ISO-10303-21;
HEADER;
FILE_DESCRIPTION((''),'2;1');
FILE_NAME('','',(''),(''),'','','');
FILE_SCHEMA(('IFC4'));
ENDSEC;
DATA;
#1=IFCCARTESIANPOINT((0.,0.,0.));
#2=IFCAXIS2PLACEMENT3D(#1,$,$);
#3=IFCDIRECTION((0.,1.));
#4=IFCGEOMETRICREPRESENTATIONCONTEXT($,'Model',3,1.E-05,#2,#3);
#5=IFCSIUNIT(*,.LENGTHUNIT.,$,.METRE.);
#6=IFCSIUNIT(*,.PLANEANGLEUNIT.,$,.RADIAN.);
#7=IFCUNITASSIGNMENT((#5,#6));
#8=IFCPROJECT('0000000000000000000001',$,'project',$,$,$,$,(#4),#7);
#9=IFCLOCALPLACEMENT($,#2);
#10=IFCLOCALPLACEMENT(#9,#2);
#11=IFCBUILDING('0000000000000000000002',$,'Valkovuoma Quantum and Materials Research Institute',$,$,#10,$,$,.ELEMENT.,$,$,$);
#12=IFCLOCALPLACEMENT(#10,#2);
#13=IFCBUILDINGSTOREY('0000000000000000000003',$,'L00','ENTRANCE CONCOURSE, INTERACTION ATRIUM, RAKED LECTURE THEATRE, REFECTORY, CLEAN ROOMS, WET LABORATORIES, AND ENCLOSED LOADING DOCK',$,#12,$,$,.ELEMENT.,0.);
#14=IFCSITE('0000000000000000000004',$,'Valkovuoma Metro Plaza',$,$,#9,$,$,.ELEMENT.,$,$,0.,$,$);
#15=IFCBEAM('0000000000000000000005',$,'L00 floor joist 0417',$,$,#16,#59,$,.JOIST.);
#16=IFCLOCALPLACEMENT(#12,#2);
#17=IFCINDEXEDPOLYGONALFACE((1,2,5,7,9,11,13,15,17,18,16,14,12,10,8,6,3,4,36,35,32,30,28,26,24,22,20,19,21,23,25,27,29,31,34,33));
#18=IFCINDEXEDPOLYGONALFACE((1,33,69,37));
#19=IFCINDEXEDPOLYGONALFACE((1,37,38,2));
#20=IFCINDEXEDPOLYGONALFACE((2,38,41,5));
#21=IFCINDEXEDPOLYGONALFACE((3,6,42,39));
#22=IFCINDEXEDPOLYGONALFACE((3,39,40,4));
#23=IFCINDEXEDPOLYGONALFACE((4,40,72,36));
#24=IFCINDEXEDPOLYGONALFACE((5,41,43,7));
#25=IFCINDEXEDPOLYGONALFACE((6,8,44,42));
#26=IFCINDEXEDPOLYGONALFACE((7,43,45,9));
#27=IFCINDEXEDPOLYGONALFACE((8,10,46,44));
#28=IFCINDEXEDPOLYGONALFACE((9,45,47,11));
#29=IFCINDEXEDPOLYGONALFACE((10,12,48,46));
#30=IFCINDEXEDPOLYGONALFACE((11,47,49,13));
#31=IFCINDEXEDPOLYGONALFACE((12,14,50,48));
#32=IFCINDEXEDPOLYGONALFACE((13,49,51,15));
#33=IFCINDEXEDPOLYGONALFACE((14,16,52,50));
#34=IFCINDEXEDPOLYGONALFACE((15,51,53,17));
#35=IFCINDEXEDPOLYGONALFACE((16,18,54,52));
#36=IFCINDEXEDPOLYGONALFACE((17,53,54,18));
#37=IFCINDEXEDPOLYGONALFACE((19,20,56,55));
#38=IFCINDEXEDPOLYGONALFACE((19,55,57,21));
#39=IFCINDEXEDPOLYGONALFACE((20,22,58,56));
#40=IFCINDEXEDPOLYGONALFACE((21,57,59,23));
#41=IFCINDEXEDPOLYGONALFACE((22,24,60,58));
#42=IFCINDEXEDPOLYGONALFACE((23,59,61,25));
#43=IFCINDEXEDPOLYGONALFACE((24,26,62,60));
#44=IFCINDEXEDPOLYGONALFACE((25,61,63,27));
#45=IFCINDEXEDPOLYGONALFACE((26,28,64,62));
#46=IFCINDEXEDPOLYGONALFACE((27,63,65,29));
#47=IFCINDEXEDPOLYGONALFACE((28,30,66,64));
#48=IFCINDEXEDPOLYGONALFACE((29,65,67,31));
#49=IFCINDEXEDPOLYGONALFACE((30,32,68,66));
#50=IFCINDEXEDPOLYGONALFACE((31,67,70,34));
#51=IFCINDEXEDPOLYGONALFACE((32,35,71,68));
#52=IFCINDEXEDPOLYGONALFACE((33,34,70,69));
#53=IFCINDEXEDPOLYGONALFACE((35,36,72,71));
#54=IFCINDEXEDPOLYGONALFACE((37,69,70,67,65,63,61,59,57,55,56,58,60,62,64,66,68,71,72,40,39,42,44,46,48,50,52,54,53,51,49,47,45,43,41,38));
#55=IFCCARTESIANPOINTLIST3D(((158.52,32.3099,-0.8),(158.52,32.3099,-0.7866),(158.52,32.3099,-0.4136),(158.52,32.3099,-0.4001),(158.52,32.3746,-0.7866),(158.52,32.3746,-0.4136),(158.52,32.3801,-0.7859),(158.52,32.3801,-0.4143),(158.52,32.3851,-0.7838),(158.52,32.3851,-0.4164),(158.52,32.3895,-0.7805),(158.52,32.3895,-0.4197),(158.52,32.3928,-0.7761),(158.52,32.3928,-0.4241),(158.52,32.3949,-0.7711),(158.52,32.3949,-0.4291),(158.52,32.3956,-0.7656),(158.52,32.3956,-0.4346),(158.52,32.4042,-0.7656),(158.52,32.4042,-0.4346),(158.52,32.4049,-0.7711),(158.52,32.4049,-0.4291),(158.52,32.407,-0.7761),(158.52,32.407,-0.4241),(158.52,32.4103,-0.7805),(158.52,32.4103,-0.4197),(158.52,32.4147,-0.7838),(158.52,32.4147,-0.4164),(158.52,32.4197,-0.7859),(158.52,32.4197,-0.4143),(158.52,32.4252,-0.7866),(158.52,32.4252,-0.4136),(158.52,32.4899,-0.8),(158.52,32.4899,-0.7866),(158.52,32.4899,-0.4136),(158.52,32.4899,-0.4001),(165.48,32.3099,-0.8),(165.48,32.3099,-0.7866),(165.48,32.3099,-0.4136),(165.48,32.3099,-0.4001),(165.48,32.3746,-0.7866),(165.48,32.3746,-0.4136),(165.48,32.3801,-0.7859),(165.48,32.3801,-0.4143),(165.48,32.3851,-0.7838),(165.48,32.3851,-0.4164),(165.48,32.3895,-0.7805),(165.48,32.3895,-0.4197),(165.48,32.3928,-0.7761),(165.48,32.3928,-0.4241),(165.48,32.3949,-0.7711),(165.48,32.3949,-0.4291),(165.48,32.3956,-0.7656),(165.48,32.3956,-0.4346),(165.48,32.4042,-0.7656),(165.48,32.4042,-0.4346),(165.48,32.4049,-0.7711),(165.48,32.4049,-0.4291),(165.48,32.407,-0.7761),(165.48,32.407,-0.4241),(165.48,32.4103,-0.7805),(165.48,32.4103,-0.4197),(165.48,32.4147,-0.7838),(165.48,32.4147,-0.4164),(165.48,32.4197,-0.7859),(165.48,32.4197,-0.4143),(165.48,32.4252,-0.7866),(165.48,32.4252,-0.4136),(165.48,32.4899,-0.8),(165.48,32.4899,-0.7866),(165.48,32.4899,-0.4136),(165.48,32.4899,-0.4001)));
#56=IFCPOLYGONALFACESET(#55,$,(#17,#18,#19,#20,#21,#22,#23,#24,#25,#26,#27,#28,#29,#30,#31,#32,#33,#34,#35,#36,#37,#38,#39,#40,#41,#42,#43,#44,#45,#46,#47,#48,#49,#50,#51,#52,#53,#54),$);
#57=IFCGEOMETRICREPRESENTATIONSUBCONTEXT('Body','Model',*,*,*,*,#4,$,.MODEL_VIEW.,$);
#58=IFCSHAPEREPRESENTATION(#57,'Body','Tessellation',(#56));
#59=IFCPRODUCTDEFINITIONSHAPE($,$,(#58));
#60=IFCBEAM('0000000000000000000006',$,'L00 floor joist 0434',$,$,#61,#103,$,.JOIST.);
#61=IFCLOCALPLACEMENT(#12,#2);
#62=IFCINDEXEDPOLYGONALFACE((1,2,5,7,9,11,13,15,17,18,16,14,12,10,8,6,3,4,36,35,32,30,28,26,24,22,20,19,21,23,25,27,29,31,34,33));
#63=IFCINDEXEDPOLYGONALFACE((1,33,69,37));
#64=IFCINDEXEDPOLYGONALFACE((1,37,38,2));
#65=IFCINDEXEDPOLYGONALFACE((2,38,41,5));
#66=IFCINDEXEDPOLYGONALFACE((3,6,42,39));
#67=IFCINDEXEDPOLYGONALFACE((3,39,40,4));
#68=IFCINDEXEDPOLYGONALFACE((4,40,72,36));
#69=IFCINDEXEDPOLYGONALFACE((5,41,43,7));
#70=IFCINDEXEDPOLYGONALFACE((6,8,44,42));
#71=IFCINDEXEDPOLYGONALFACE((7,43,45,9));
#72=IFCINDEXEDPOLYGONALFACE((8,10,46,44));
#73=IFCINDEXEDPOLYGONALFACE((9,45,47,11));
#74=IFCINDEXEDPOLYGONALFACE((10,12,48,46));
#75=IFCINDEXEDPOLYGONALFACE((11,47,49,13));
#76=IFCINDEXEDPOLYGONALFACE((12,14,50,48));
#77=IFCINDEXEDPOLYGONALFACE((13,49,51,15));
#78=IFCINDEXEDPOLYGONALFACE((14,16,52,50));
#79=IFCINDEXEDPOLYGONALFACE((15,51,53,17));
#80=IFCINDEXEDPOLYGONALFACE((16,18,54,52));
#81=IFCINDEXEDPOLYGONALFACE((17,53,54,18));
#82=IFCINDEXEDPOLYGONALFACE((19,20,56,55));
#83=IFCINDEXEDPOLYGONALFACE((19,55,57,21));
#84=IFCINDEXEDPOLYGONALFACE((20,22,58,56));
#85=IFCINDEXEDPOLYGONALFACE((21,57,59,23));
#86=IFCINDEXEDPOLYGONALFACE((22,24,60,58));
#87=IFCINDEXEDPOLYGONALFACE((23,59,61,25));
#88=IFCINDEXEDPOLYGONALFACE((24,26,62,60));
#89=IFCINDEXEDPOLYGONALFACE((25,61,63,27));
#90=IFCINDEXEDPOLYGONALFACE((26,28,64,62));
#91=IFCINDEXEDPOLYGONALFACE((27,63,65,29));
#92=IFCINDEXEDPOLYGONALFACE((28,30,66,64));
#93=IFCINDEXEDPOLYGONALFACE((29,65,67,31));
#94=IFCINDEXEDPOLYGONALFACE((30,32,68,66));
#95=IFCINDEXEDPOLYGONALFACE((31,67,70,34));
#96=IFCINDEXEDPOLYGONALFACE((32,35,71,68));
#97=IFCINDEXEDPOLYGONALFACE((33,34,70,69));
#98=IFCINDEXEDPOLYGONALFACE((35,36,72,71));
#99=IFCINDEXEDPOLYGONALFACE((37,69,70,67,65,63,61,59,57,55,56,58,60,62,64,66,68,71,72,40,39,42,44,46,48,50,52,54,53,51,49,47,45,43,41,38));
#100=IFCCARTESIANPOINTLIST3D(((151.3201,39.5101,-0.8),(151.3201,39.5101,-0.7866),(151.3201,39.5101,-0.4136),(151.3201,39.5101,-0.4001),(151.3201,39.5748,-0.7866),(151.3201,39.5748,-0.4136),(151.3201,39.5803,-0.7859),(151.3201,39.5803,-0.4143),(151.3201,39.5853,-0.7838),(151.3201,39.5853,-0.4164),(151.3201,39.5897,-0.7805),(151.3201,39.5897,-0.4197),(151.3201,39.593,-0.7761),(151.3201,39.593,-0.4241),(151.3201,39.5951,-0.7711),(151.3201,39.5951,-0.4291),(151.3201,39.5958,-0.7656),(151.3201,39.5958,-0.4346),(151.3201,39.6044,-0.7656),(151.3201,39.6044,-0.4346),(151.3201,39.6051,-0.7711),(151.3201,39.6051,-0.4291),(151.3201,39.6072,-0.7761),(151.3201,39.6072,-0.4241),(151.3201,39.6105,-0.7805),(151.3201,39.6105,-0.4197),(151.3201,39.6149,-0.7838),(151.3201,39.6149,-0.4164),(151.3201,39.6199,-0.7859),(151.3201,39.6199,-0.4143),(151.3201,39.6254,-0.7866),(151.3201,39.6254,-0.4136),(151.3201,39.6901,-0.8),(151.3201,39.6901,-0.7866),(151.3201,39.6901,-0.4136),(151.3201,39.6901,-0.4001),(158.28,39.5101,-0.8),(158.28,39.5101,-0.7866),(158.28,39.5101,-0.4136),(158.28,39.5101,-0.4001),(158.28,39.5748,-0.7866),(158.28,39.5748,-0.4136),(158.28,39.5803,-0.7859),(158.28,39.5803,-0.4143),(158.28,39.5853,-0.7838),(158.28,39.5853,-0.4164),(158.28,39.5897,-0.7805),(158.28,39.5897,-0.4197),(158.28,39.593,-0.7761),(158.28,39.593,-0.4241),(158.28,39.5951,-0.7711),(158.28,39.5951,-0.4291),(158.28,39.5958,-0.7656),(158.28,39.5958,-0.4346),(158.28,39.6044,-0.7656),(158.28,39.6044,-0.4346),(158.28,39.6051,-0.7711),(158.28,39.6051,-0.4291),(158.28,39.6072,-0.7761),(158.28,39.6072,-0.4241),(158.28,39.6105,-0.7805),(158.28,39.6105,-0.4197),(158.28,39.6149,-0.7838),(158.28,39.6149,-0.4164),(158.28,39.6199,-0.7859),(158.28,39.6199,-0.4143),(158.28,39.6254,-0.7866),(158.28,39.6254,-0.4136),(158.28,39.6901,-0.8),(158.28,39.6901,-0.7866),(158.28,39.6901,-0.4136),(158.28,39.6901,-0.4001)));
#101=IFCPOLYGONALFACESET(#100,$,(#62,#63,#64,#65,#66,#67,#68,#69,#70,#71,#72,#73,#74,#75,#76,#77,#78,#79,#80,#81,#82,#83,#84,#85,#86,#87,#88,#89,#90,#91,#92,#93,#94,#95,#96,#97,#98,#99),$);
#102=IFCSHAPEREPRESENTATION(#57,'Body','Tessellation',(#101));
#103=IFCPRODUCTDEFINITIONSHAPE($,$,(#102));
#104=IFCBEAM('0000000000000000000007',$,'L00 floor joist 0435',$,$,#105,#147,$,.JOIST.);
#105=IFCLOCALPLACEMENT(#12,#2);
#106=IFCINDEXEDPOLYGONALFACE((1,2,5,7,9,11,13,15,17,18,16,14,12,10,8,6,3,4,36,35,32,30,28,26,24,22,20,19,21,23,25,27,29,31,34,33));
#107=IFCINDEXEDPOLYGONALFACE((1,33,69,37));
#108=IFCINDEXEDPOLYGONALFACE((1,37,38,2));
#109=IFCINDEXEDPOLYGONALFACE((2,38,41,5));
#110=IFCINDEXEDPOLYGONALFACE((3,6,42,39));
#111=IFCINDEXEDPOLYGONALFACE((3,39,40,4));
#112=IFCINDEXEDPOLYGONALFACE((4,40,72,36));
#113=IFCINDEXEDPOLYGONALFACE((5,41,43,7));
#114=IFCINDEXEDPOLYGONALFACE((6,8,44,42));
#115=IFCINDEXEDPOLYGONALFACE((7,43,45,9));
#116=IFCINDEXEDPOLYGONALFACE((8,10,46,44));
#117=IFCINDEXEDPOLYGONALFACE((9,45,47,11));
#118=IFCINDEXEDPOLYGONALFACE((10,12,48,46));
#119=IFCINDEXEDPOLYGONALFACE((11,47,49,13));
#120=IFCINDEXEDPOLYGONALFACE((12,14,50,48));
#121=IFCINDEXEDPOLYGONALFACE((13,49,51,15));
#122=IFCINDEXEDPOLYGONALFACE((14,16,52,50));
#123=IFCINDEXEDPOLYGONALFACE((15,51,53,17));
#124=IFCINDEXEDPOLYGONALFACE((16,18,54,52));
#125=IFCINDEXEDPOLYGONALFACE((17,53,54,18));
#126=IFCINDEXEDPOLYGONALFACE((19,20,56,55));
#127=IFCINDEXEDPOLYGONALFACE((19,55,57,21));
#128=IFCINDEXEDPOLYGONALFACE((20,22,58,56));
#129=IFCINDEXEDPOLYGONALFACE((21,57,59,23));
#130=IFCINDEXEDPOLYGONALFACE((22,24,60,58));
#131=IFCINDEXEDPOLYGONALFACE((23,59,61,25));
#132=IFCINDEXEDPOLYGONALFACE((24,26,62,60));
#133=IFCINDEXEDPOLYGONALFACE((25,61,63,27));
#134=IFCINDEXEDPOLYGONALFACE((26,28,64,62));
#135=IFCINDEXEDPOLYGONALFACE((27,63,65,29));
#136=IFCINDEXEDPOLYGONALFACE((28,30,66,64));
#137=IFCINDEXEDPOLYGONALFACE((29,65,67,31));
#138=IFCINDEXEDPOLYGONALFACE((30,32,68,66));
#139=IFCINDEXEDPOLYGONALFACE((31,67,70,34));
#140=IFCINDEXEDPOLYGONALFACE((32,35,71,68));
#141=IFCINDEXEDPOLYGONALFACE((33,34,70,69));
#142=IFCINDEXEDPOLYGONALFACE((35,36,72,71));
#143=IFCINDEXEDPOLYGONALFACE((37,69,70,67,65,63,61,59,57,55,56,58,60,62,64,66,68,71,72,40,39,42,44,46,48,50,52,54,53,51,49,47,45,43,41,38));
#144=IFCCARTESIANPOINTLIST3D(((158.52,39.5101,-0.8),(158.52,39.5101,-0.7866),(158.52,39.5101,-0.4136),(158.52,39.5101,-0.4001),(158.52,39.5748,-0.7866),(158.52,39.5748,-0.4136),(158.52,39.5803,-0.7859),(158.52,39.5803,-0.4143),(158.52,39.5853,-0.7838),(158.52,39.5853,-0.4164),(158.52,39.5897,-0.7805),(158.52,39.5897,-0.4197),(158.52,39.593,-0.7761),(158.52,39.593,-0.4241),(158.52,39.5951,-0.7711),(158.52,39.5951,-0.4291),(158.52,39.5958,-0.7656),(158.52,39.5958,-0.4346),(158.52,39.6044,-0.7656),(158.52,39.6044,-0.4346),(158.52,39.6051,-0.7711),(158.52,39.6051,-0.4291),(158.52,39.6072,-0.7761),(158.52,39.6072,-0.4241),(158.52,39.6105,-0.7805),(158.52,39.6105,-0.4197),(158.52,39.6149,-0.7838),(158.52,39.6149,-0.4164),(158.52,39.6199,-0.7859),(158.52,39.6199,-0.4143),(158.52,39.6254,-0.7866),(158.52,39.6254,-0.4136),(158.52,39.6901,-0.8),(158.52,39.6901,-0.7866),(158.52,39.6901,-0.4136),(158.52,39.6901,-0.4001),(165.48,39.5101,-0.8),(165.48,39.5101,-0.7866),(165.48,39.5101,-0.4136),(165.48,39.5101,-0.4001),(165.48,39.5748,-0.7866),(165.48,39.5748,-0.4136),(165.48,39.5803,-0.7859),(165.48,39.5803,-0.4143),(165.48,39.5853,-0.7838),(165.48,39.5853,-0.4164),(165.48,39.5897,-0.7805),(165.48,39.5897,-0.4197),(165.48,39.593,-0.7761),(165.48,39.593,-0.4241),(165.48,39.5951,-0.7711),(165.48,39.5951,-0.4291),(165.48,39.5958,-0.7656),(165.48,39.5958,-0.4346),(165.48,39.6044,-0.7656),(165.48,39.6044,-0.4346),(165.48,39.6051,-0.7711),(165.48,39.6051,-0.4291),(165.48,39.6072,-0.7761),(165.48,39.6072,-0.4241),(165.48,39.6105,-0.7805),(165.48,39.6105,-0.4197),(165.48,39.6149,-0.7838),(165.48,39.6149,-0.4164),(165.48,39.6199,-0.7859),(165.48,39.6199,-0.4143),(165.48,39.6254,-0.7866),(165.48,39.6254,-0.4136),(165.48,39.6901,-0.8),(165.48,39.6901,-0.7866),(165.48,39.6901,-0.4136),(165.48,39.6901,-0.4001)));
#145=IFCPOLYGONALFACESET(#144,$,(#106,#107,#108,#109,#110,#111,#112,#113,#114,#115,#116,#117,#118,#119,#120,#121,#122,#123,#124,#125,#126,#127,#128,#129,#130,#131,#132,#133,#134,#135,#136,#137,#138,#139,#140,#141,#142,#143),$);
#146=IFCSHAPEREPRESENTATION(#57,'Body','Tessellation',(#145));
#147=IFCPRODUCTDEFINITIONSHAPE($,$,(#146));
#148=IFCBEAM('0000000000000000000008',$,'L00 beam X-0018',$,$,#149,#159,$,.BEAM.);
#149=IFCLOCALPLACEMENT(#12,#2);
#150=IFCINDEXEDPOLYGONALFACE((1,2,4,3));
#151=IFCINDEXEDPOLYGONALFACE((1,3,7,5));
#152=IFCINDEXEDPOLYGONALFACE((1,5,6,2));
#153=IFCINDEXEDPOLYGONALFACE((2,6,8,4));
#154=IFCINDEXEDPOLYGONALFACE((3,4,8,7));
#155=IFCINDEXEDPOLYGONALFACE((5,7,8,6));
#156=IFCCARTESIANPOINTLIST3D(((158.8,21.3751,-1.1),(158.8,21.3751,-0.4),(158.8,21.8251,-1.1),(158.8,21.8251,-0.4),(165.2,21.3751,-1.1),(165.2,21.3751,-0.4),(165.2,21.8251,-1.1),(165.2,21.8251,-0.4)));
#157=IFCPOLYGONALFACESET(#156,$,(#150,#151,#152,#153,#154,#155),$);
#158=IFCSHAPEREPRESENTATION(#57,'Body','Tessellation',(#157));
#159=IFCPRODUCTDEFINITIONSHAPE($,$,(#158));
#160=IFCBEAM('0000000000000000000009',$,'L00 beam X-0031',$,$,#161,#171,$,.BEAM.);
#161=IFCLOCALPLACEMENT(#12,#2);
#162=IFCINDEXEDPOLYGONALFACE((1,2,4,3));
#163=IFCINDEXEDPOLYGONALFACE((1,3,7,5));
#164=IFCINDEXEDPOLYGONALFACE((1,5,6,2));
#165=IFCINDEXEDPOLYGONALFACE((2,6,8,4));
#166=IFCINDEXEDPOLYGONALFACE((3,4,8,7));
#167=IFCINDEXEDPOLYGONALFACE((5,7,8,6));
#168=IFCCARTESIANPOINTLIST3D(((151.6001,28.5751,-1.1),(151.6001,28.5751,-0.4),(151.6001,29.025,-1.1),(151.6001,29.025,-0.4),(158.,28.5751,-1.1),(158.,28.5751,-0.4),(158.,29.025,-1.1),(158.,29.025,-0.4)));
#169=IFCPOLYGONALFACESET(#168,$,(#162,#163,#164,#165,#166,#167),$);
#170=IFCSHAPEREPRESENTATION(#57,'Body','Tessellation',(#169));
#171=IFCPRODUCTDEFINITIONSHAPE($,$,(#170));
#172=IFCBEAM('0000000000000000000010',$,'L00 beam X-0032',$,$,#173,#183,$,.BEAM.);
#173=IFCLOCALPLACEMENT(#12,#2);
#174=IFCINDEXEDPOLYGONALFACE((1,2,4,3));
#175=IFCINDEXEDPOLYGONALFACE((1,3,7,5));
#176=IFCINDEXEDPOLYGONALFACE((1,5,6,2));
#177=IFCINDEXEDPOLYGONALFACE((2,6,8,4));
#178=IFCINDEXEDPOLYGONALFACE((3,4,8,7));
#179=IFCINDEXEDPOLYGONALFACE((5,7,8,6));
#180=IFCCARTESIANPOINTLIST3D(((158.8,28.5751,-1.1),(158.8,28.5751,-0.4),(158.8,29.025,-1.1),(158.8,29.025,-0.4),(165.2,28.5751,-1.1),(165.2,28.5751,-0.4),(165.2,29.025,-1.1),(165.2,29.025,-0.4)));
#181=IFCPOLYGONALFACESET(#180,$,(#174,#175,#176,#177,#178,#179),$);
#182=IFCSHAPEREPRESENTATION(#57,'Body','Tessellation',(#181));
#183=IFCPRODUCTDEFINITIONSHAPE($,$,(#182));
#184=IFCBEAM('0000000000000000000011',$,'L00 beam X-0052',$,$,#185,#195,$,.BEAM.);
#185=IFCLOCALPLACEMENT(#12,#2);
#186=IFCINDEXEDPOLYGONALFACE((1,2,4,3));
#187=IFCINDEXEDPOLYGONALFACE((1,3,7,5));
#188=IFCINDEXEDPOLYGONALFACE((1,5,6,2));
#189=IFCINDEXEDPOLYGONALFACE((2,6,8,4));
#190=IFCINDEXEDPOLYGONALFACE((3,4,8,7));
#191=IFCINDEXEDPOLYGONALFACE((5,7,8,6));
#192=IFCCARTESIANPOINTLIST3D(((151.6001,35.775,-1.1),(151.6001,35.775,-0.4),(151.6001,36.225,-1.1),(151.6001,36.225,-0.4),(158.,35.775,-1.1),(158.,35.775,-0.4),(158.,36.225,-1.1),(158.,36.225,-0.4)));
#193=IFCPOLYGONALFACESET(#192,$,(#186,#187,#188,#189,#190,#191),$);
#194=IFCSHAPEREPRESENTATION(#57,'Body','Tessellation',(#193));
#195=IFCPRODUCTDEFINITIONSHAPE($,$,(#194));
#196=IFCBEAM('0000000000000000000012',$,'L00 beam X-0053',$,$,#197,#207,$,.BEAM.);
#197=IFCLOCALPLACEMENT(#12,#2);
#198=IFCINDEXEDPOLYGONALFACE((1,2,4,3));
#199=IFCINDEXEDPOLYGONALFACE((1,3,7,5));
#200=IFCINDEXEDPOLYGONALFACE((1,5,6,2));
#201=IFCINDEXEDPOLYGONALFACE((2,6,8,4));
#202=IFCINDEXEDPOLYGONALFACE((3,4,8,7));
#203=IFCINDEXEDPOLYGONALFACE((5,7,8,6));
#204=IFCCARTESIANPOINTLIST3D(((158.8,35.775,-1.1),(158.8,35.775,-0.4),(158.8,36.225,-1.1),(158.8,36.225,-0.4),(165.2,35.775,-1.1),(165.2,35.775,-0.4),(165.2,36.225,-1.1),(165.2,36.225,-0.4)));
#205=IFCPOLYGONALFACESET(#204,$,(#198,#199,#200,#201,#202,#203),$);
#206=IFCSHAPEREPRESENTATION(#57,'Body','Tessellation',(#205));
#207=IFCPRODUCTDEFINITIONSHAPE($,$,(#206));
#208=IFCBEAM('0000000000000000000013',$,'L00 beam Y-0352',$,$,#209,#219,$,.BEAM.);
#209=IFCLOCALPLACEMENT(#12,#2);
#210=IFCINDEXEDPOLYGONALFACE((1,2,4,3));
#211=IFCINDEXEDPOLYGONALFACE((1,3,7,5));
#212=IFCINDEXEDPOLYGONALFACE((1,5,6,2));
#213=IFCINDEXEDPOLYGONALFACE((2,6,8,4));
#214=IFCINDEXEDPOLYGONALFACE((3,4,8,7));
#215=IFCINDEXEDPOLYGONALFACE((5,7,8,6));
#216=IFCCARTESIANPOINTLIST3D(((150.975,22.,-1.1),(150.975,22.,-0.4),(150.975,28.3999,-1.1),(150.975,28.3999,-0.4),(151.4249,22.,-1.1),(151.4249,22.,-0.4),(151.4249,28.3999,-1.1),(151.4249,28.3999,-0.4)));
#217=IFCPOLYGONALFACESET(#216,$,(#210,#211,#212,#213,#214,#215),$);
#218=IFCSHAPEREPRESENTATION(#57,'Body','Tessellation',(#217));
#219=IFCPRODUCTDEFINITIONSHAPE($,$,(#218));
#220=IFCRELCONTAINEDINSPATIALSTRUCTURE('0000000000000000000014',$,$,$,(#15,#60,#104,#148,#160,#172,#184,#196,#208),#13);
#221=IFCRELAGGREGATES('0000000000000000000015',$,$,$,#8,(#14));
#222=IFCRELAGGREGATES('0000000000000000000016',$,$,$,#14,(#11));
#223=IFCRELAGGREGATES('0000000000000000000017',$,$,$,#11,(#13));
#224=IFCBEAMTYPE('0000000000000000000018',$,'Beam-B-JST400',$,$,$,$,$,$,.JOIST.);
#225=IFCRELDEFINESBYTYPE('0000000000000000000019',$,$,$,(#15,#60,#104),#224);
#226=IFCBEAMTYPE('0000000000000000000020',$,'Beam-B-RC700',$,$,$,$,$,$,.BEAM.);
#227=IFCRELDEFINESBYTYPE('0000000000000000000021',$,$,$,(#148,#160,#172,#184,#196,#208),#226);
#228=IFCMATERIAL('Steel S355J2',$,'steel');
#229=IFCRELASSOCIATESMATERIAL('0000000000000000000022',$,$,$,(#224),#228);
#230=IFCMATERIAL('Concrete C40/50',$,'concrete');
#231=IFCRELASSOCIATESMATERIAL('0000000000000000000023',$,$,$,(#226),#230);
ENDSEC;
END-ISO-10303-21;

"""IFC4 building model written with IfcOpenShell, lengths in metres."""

from ifc_helpers import new_model, si_unit, direction, frame, origin, origin_2d, place, context, subcontext, project, spatial, rectangle, i_section, extrude, material, material_profile, profile_set, type_object, element, save


model = new_model("IFC4")

# Units and contexts
model_context = context("Model", 3, precision=1e-05, world=origin(), true_north=direction((0.0, 1.0)))
body_context = subcontext(model_context, "Body", "Model", "MODEL_VIEW")
ifc_project = project(units=[si_unit("LENGTHUNIT", "METRE"), si_unit("PLANEANGLEUNIT", "RADIAN")], contexts=[model_context])

# Site, building, storey
site_placement = place(None, origin())
site = spatial("IfcSite", under=ifc_project, at=site_placement, Name="Valkovuoma Metro Plaza", CompositionType="ELEMENT", RefElevation=0.0)
building_placement = place(site_placement, origin())
building = spatial("IfcBuilding", under=site, at=building_placement, Name="Valkovuoma Quantum and Materials Research Institute", CompositionType="ELEMENT")
storey_placement = place(building_placement, origin())
storey = spatial("IfcBuildingStorey", under=building, at=storey_placement, Name="L00", Description="ENTRANCE CONCOURSE, INTERACTION ATRIUM, RAKED LECTURE THEATRE, REFECTORY, CLEAN ROOMS, WET LABORATORIES, AND ENCLOSED LOADING DOCK", CompositionType="ELEMENT", Elevation=0.0)

# Beams
ifc_material_1 = material(Name="Steel S355J2", Category="steel")
ifc_material_profile_1 = material_profile(ifc_material_1, i_section(OverallWidth=0.1799, OverallDepth=0.3999, WebThickness=0.0085, FlangeThickness=0.0134, FilletRadius=0.021, at=origin_2d()), Name="Steel S355J2")
ifc_profile_set_1 = profile_set([ifc_material_profile_1], Name="Steel S355J2")
beam_type_1 = type_object("IfcBeamType", Name="Beam-B-JST400", PredefinedType="JOIST", material=ifc_profile_set_1)
for number, where, z_axis, x_axis, name in (
    (1, (158.52, 32.3999, -0.6001), (1.0, 0.0, 0.0), (0.0, 1.0, 0.0), "L00 floor joist 0417"),
    (2, (151.3201, 39.6001, -0.6001), (1.0, 0.0, 0.0), (0.0, 1.0, 0.0), "L00 floor joist 0434"),
    (3, (158.52, 39.6001, -0.6001), (1.0, 0.0, 0.0), (0.0, 1.0, 0.0), "L00 floor joist 0435"),
):
    element("IfcBeam", number, at=place(storey_placement, frame(where, z_axis=z_axis, x_axis=x_axis)), inside=storey, type_object=beam_type_1, Name=name, PredefinedType="JOIST", context=body_context, shape_type="SweptSolid", body=[
        extrude(i_section(OverallWidth=0.1799, OverallDepth=0.3999, WebThickness=0.0085, FlangeThickness=0.0134, FilletRadius=0.021, at=origin_2d()), origin(), (0.0, 0.0, 1.0), 6.96),
    ])
ifc_material_2 = material(Name="Concrete C40/50", Category="concrete")
ifc_material_profile_2 = material_profile(ifc_material_2, rectangle(XDim=0.45, YDim=0.7, at=origin_2d()), Name="Concrete C40/50")
ifc_profile_set_2 = profile_set([ifc_material_profile_2], Name="Concrete C40/50")
beam_type_2 = type_object("IfcBeamType", Name="Beam-B-RC700", PredefinedType="BEAM", material=ifc_profile_set_2)
for number, where, z_axis, x_axis, name in (
    (4, (158.8, 21.6001, -0.75), (1.0, 0.0, 0.0), (0.0, 1.0, 0.0), "L00 beam X-0018"),
    (5, (151.6001, 28.8, -0.75), (1.0, 0.0, 0.0), (0.0, 1.0, 0.0), "L00 beam X-0031"),
    (6, (158.8, 28.8, -0.75), (1.0, 0.0, 0.0), (0.0, 1.0, 0.0), "L00 beam X-0032"),
    (7, (151.6001, 36.0, -0.75), (1.0, 0.0, 0.0), (0.0, 1.0, 0.0), "L00 beam X-0052"),
    (8, (158.8, 36.0, -0.75), (1.0, 0.0, 0.0), (0.0, 1.0, 0.0), "L00 beam X-0053"),
    (9, (151.2, 22.0, -0.75), (0.0, 1.0, 0.0), (-1.0, 0.0, 0.0), "L00 beam Y-0352"),
):
    element("IfcBeam", number, at=place(storey_placement, frame(where, z_axis=z_axis, x_axis=x_axis)), inside=storey, type_object=beam_type_2, Name=name, PredefinedType="BEAM", context=body_context, shape_type="SweptSolid", body=[
        extrude(rectangle(XDim=0.45, YDim=0.7, at=origin_2d()), origin(), (0.0, 0.0, 1.0), 6.3999),
    ])

save(model, "model.ifc")
